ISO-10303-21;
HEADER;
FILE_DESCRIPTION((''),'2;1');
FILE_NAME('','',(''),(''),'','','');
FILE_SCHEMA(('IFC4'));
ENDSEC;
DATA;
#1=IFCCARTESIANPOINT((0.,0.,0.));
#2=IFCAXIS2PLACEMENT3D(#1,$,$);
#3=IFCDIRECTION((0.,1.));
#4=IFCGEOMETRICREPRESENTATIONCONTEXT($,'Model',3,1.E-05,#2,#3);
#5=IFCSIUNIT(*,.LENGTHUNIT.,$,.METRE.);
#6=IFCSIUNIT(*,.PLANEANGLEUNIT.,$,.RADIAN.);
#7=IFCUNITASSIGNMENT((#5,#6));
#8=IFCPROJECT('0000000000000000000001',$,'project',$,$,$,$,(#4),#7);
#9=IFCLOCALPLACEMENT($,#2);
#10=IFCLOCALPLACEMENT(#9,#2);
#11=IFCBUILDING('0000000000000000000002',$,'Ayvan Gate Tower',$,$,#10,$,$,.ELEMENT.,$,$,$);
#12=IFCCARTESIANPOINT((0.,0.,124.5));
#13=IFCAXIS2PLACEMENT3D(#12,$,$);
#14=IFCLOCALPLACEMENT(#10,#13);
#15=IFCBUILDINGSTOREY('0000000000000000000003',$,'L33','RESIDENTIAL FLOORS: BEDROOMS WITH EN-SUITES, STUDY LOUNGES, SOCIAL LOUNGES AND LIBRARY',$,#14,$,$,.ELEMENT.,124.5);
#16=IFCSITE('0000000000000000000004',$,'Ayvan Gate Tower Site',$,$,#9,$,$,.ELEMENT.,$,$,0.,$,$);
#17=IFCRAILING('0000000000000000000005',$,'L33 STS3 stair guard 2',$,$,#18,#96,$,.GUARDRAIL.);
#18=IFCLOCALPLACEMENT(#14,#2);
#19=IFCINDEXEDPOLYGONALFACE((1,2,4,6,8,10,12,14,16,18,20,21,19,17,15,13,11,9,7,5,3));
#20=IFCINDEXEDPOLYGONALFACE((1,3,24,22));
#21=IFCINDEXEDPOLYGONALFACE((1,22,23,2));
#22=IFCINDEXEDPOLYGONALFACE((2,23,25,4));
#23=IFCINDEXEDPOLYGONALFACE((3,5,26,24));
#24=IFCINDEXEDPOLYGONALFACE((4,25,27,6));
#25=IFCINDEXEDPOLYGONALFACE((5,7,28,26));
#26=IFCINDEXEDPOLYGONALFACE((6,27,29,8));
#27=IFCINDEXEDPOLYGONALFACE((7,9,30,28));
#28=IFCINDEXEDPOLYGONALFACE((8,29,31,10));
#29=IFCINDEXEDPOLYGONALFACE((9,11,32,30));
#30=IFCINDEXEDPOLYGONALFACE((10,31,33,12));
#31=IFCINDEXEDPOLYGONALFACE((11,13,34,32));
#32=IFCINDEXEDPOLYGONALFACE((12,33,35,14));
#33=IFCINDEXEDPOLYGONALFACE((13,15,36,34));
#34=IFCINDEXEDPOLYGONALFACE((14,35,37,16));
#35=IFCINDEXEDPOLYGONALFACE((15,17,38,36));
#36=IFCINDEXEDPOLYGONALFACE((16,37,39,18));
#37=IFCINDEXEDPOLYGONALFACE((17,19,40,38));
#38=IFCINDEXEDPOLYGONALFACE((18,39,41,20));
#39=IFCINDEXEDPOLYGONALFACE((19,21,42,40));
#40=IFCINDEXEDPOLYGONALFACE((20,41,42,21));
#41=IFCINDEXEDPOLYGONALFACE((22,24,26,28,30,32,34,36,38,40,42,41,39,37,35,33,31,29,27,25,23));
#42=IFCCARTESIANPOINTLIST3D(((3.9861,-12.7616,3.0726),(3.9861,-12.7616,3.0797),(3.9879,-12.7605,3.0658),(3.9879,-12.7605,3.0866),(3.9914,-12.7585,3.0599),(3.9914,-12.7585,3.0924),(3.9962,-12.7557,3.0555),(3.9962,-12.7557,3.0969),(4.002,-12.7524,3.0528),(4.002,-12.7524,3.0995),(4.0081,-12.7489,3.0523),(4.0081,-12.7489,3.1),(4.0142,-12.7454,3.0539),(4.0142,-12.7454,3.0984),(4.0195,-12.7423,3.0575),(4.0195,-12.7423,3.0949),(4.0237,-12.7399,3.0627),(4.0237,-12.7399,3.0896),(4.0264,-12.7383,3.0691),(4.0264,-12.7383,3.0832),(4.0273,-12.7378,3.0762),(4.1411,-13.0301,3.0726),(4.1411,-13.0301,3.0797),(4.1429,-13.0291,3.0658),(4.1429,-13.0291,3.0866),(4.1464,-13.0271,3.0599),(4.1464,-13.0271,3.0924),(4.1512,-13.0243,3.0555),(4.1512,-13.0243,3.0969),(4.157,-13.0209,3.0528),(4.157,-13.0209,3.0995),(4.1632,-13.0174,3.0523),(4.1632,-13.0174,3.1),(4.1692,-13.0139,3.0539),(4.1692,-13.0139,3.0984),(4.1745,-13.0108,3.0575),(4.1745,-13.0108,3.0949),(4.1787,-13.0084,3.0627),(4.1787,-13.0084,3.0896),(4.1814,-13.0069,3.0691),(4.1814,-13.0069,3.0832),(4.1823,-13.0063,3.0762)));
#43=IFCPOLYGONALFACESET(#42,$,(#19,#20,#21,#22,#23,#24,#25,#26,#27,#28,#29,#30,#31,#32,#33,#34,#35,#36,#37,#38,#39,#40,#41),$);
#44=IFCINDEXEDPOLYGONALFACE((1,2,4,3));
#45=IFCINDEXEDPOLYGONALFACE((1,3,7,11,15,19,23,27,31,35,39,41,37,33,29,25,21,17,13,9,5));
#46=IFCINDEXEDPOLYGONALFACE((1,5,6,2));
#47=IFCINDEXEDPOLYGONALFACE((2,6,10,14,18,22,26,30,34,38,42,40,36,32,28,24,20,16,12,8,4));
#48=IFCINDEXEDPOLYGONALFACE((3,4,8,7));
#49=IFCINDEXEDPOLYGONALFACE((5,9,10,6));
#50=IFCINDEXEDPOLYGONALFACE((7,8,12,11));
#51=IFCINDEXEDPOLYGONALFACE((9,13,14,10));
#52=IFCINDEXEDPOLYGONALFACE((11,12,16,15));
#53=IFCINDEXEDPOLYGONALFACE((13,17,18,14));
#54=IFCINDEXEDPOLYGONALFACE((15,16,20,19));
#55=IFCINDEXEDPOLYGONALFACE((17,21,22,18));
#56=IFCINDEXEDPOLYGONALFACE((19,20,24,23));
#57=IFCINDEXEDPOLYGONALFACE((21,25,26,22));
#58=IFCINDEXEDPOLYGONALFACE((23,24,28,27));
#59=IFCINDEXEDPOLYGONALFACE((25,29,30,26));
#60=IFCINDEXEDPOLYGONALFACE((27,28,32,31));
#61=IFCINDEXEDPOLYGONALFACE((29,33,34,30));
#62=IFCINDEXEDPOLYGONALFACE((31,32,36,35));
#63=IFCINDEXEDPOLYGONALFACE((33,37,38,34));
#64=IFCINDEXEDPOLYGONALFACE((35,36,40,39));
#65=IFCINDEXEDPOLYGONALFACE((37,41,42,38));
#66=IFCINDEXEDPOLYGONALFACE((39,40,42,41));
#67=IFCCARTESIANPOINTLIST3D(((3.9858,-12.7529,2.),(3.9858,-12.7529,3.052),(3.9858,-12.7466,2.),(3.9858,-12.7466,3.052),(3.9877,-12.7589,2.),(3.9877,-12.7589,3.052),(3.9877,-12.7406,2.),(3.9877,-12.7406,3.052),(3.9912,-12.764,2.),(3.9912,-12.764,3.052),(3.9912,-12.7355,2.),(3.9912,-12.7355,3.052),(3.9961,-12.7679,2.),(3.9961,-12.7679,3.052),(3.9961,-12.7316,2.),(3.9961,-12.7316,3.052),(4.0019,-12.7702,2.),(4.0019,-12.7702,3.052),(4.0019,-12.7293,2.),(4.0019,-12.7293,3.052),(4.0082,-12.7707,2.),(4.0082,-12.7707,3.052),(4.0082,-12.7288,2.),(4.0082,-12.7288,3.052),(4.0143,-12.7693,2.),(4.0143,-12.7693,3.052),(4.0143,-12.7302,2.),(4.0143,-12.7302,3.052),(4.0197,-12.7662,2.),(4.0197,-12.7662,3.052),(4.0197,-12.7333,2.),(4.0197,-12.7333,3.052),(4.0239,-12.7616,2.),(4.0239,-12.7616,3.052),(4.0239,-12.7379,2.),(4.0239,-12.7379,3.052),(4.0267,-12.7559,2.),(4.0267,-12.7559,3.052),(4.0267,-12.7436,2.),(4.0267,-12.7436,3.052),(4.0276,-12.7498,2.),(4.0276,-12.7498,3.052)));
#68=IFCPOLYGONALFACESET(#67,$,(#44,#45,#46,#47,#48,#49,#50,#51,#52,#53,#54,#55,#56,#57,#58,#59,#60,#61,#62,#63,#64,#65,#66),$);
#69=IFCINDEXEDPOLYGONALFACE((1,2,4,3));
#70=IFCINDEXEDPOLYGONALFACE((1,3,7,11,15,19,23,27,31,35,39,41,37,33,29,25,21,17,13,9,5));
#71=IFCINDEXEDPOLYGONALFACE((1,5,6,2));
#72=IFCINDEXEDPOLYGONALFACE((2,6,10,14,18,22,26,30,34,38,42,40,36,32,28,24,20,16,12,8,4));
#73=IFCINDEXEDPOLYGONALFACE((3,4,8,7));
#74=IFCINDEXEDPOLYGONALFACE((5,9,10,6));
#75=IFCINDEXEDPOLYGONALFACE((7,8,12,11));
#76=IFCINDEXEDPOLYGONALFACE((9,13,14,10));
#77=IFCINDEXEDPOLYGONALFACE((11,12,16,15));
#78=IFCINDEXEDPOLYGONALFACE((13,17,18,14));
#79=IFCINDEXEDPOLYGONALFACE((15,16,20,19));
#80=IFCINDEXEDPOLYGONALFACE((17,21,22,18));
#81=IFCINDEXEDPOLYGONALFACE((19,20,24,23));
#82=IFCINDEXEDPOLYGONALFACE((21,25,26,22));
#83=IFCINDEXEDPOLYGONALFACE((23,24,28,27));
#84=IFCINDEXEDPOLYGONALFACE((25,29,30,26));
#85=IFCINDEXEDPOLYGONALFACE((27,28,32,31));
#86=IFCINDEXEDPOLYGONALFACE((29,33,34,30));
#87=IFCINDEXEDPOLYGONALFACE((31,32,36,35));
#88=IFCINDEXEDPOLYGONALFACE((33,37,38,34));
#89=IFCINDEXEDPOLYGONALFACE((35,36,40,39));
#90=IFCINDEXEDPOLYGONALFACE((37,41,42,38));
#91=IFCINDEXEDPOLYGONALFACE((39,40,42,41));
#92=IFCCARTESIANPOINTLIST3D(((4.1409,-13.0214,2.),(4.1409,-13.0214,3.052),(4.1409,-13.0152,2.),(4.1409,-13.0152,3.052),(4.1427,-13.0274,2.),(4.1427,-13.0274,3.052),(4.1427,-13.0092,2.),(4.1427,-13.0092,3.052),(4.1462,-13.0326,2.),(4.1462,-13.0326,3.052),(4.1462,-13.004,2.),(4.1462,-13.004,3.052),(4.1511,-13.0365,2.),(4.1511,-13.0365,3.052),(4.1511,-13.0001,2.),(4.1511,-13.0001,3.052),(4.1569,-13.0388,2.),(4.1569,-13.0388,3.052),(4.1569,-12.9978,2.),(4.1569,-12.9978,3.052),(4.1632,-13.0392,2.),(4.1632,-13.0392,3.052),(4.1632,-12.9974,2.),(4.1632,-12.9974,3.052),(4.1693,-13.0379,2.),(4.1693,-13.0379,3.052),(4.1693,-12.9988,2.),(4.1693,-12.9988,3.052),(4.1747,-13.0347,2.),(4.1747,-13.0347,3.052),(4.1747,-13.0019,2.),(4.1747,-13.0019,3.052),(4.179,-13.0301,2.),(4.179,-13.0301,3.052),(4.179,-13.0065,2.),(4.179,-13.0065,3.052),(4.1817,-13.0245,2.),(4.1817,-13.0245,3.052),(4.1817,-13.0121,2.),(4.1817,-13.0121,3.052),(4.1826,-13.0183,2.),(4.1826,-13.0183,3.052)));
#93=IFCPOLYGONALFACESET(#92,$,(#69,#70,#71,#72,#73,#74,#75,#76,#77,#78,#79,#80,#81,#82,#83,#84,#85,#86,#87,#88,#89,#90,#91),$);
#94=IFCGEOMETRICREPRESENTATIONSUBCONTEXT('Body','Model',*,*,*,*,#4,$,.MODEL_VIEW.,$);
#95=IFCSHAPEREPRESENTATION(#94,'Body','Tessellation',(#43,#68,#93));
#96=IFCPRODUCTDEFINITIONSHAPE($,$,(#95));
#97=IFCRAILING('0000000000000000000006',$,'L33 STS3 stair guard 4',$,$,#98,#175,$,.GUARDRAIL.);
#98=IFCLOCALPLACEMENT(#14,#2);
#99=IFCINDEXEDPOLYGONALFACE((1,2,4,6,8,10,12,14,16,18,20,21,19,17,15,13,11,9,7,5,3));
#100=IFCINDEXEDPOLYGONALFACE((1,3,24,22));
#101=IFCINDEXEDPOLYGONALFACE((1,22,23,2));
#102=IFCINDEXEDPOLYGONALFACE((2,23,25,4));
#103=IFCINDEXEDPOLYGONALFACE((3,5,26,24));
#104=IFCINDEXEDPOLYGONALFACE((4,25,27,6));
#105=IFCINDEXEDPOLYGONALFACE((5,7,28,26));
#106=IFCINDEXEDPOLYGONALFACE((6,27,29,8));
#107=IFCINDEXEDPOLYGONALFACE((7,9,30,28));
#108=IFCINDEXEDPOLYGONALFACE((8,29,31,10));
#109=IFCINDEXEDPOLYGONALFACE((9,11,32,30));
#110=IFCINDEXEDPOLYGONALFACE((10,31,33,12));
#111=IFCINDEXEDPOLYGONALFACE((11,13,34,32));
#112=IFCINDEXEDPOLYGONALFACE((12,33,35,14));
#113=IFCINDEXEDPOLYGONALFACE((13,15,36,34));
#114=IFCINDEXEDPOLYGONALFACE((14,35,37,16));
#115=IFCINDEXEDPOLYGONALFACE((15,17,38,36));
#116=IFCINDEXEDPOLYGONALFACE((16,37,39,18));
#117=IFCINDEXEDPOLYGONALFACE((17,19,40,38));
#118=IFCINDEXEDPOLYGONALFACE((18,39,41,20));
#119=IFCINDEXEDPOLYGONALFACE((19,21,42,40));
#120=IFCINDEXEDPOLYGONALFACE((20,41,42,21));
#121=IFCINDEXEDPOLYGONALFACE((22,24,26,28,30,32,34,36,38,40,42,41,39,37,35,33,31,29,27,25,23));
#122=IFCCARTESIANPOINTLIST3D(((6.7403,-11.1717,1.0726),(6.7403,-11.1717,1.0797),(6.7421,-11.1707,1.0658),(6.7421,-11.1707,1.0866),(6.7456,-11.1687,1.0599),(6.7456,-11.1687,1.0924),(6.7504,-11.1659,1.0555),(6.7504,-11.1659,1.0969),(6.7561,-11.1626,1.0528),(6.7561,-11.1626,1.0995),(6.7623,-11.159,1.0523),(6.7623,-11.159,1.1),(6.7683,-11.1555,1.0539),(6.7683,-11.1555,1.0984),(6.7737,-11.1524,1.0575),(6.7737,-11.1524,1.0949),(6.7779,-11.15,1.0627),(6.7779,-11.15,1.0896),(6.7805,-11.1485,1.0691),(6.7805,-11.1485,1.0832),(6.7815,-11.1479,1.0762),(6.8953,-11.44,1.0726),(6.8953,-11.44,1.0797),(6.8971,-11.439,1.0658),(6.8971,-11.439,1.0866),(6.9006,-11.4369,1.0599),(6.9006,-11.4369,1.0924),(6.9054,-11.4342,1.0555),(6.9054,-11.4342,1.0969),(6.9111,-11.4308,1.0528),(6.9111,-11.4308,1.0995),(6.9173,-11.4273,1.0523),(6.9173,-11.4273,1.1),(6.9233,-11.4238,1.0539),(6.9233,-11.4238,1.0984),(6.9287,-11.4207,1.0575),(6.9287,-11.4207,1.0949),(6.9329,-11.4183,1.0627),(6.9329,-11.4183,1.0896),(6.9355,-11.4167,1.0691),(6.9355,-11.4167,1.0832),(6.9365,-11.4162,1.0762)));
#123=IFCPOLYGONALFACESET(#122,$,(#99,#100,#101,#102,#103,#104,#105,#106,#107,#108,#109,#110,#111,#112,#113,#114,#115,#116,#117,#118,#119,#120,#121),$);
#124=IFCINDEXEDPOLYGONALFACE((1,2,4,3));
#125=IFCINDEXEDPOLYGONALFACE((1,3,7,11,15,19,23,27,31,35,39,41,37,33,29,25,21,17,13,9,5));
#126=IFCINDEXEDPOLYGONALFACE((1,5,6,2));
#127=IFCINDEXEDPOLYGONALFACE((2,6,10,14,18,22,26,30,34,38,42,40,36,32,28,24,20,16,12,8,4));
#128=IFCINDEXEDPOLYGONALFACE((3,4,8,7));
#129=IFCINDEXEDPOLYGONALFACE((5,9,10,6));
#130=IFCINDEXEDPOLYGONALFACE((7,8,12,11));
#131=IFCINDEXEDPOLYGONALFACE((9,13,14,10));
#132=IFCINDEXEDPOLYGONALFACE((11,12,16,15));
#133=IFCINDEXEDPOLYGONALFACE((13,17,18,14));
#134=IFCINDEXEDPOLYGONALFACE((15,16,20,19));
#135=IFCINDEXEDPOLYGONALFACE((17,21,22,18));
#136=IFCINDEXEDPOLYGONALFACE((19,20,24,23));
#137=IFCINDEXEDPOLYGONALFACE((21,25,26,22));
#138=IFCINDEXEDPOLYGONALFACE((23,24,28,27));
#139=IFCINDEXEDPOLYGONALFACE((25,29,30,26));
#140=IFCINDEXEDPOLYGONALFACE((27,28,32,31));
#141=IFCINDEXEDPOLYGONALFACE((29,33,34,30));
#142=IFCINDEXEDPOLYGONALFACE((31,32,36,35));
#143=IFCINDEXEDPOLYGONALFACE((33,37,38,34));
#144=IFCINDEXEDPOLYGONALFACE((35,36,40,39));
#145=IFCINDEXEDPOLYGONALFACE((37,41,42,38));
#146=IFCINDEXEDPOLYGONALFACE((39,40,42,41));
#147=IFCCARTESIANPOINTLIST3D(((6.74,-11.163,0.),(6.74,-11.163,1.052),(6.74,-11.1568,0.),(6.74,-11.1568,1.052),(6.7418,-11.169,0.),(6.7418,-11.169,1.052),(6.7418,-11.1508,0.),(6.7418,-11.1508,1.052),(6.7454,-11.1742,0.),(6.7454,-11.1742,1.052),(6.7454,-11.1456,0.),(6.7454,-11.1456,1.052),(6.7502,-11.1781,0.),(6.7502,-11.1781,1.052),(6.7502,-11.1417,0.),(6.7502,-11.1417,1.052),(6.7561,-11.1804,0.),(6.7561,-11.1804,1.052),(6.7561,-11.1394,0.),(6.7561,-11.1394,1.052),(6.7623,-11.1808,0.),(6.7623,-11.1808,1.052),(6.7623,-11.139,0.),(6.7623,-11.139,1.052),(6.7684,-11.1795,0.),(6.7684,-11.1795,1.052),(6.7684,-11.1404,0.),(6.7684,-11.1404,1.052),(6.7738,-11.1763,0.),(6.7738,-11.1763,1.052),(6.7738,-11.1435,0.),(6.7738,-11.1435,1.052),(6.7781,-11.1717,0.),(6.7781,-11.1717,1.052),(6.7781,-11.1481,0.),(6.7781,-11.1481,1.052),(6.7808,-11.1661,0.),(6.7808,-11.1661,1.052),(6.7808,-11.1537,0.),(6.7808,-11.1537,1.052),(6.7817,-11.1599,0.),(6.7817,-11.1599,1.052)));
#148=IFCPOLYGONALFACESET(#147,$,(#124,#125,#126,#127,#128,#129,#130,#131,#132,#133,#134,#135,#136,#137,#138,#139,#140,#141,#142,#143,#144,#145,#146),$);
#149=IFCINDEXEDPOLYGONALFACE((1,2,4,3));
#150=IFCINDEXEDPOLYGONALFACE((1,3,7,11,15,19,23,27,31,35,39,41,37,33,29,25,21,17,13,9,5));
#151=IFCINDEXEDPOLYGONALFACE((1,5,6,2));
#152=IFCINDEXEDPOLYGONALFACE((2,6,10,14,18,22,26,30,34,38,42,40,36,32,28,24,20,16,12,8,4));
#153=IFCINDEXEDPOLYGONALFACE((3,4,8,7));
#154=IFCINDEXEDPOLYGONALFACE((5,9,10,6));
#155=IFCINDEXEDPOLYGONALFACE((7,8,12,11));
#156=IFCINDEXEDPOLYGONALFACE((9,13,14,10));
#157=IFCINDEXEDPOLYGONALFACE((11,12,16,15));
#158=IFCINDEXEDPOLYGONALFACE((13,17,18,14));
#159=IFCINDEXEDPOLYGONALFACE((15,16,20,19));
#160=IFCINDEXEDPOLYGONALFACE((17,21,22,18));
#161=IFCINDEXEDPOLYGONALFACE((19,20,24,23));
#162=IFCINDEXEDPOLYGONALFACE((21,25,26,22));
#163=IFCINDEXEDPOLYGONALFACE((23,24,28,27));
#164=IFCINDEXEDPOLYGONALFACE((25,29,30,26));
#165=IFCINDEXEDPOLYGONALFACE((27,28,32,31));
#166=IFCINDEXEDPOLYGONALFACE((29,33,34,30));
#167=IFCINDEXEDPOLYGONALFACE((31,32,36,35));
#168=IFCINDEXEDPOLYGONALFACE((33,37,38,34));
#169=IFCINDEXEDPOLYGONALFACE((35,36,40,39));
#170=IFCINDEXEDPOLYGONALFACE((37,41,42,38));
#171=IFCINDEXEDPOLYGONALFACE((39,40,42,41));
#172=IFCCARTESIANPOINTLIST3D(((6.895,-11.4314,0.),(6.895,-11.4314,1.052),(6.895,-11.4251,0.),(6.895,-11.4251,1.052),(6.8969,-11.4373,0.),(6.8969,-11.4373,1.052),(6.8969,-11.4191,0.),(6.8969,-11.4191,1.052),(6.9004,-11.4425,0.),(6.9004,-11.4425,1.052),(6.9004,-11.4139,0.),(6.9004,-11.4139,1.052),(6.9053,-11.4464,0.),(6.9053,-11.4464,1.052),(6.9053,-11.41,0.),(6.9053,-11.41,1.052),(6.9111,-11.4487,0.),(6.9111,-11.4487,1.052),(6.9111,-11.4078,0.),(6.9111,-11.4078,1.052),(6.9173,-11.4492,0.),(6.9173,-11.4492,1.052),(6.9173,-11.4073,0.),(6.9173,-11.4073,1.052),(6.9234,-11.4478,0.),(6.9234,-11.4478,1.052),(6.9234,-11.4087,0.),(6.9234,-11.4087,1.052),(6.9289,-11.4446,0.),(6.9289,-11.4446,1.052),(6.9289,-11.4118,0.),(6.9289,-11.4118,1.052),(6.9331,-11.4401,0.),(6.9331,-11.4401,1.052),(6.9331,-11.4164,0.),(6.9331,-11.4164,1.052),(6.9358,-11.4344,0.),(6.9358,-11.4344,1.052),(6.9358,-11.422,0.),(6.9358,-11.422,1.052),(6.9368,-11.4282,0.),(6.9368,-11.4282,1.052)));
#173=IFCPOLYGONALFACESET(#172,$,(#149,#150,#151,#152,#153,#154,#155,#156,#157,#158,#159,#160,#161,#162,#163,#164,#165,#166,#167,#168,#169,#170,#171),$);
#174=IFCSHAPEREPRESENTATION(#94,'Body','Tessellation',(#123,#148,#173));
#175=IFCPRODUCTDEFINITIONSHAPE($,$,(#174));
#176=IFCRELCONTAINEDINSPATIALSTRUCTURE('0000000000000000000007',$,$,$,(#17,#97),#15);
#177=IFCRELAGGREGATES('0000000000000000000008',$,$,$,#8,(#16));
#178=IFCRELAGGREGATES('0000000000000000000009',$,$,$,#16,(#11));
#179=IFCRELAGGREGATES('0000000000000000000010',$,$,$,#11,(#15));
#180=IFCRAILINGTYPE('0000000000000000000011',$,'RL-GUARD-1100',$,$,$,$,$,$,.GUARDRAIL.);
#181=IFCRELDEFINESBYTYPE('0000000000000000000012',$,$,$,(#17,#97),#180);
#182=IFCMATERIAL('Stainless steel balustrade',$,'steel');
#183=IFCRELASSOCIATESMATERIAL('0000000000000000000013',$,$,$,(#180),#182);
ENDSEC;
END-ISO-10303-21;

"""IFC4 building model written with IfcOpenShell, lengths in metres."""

from ifc_helpers import new_model, si_unit, direction, frame, origin, origin_2d, place, context, subcontext, project, spatial, circle, extrude, material, type_object, element, save


model = new_model("IFC4")

# Units and contexts
model_context = context("Model", 3, precision=1e-05, world=origin(), true_north=direction((0.0, 1.0)))
body_context = subcontext(model_context, "Body", "Model", "MODEL_VIEW")
ifc_project = project(units=[si_unit("LENGTHUNIT", "METRE"), si_unit("PLANEANGLEUNIT", "RADIAN")], contexts=[model_context])

# Site, building, storey
site_placement = place(None, origin())
site = spatial("IfcSite", under=ifc_project, at=site_placement, Name="Ayvan Gate Tower Site", CompositionType="ELEMENT", RefElevation=0.0)
building_placement = place(site_placement, origin())
building = spatial("IfcBuilding", under=site, at=building_placement, Name="Ayvan Gate Tower", CompositionType="ELEMENT")
storey_placement = place(building_placement, frame((0.0, 0.0, 124.5)))
storey = spatial("IfcBuildingStorey", under=building, at=storey_placement, Name="L33", Description="RESIDENTIAL FLOORS: BEDROOMS WITH EN-SUITES, STUDY LOUNGES, SOCIAL LOUNGES AND LIBRARY", CompositionType="ELEMENT", Elevation=124.5)

# Railings
ifc_material_1 = material(Name="Stainless steel balustrade", Category="steel")
railing_type_1 = type_object("IfcRailingType", Name="RL-GUARD-1100", PredefinedType="GUARDRAIL", material=ifc_material_1)
railing_1_placement = place(storey_placement, frame((4.0066, -12.7498, 2.0)))
element("IfcRailing", 1, at=railing_1_placement, inside=storey, type_object=railing_type_1, Name="L33 STS3 stair guard 2", PredefinedType="GUARDRAIL", context=body_context, shape_type="SweptSolid", body=[
    extrude(circle(Radius=0.0239, at=origin_2d()), frame((0.0, 0.0, 1.0762), z_axis=(0.49995, -0.866054, 0.0), x_axis=(0.866054, 0.49995, 0.0)), (0.0, 0.0, 1.0), 0.3101),
    extrude(circle(Radius=0.021, at=origin_2d()), origin(), (0.0, 0.0, 1.0), 1.052),
    extrude(circle(Radius=0.021, at=origin_2d()), frame((0.155, -0.2686, 0.0)), (0.0, 0.0, 1.0), 1.052),
])
railing_2_placement = place(storey_placement, frame((6.7607, -11.1599, 0.0)))
element("IfcRailing", 2, at=railing_2_placement, inside=storey, type_object=railing_type_1, Name="L33 STS3 stair guard 4", PredefinedType="GUARDRAIL", context=body_context, shape_type="SweptSolid", body=[
    extrude(circle(Radius=0.0239, at=origin_2d()), frame((0.0, 0.0, 1.0762), z_axis=(0.500291, -0.865857, 0.0), x_axis=(0.865857, 0.500291, 0.0)), (0.0, 0.0, 1.0), 0.3098),
    extrude(circle(Radius=0.021, at=origin_2d()), origin(), (0.0, 0.0, 1.0), 1.052),
    extrude(circle(Radius=0.021, at=origin_2d()), frame((0.155, -0.2683, 0.0)), (0.0, 0.0, 1.0), 1.052),
])

save(model, "model.ifc")
